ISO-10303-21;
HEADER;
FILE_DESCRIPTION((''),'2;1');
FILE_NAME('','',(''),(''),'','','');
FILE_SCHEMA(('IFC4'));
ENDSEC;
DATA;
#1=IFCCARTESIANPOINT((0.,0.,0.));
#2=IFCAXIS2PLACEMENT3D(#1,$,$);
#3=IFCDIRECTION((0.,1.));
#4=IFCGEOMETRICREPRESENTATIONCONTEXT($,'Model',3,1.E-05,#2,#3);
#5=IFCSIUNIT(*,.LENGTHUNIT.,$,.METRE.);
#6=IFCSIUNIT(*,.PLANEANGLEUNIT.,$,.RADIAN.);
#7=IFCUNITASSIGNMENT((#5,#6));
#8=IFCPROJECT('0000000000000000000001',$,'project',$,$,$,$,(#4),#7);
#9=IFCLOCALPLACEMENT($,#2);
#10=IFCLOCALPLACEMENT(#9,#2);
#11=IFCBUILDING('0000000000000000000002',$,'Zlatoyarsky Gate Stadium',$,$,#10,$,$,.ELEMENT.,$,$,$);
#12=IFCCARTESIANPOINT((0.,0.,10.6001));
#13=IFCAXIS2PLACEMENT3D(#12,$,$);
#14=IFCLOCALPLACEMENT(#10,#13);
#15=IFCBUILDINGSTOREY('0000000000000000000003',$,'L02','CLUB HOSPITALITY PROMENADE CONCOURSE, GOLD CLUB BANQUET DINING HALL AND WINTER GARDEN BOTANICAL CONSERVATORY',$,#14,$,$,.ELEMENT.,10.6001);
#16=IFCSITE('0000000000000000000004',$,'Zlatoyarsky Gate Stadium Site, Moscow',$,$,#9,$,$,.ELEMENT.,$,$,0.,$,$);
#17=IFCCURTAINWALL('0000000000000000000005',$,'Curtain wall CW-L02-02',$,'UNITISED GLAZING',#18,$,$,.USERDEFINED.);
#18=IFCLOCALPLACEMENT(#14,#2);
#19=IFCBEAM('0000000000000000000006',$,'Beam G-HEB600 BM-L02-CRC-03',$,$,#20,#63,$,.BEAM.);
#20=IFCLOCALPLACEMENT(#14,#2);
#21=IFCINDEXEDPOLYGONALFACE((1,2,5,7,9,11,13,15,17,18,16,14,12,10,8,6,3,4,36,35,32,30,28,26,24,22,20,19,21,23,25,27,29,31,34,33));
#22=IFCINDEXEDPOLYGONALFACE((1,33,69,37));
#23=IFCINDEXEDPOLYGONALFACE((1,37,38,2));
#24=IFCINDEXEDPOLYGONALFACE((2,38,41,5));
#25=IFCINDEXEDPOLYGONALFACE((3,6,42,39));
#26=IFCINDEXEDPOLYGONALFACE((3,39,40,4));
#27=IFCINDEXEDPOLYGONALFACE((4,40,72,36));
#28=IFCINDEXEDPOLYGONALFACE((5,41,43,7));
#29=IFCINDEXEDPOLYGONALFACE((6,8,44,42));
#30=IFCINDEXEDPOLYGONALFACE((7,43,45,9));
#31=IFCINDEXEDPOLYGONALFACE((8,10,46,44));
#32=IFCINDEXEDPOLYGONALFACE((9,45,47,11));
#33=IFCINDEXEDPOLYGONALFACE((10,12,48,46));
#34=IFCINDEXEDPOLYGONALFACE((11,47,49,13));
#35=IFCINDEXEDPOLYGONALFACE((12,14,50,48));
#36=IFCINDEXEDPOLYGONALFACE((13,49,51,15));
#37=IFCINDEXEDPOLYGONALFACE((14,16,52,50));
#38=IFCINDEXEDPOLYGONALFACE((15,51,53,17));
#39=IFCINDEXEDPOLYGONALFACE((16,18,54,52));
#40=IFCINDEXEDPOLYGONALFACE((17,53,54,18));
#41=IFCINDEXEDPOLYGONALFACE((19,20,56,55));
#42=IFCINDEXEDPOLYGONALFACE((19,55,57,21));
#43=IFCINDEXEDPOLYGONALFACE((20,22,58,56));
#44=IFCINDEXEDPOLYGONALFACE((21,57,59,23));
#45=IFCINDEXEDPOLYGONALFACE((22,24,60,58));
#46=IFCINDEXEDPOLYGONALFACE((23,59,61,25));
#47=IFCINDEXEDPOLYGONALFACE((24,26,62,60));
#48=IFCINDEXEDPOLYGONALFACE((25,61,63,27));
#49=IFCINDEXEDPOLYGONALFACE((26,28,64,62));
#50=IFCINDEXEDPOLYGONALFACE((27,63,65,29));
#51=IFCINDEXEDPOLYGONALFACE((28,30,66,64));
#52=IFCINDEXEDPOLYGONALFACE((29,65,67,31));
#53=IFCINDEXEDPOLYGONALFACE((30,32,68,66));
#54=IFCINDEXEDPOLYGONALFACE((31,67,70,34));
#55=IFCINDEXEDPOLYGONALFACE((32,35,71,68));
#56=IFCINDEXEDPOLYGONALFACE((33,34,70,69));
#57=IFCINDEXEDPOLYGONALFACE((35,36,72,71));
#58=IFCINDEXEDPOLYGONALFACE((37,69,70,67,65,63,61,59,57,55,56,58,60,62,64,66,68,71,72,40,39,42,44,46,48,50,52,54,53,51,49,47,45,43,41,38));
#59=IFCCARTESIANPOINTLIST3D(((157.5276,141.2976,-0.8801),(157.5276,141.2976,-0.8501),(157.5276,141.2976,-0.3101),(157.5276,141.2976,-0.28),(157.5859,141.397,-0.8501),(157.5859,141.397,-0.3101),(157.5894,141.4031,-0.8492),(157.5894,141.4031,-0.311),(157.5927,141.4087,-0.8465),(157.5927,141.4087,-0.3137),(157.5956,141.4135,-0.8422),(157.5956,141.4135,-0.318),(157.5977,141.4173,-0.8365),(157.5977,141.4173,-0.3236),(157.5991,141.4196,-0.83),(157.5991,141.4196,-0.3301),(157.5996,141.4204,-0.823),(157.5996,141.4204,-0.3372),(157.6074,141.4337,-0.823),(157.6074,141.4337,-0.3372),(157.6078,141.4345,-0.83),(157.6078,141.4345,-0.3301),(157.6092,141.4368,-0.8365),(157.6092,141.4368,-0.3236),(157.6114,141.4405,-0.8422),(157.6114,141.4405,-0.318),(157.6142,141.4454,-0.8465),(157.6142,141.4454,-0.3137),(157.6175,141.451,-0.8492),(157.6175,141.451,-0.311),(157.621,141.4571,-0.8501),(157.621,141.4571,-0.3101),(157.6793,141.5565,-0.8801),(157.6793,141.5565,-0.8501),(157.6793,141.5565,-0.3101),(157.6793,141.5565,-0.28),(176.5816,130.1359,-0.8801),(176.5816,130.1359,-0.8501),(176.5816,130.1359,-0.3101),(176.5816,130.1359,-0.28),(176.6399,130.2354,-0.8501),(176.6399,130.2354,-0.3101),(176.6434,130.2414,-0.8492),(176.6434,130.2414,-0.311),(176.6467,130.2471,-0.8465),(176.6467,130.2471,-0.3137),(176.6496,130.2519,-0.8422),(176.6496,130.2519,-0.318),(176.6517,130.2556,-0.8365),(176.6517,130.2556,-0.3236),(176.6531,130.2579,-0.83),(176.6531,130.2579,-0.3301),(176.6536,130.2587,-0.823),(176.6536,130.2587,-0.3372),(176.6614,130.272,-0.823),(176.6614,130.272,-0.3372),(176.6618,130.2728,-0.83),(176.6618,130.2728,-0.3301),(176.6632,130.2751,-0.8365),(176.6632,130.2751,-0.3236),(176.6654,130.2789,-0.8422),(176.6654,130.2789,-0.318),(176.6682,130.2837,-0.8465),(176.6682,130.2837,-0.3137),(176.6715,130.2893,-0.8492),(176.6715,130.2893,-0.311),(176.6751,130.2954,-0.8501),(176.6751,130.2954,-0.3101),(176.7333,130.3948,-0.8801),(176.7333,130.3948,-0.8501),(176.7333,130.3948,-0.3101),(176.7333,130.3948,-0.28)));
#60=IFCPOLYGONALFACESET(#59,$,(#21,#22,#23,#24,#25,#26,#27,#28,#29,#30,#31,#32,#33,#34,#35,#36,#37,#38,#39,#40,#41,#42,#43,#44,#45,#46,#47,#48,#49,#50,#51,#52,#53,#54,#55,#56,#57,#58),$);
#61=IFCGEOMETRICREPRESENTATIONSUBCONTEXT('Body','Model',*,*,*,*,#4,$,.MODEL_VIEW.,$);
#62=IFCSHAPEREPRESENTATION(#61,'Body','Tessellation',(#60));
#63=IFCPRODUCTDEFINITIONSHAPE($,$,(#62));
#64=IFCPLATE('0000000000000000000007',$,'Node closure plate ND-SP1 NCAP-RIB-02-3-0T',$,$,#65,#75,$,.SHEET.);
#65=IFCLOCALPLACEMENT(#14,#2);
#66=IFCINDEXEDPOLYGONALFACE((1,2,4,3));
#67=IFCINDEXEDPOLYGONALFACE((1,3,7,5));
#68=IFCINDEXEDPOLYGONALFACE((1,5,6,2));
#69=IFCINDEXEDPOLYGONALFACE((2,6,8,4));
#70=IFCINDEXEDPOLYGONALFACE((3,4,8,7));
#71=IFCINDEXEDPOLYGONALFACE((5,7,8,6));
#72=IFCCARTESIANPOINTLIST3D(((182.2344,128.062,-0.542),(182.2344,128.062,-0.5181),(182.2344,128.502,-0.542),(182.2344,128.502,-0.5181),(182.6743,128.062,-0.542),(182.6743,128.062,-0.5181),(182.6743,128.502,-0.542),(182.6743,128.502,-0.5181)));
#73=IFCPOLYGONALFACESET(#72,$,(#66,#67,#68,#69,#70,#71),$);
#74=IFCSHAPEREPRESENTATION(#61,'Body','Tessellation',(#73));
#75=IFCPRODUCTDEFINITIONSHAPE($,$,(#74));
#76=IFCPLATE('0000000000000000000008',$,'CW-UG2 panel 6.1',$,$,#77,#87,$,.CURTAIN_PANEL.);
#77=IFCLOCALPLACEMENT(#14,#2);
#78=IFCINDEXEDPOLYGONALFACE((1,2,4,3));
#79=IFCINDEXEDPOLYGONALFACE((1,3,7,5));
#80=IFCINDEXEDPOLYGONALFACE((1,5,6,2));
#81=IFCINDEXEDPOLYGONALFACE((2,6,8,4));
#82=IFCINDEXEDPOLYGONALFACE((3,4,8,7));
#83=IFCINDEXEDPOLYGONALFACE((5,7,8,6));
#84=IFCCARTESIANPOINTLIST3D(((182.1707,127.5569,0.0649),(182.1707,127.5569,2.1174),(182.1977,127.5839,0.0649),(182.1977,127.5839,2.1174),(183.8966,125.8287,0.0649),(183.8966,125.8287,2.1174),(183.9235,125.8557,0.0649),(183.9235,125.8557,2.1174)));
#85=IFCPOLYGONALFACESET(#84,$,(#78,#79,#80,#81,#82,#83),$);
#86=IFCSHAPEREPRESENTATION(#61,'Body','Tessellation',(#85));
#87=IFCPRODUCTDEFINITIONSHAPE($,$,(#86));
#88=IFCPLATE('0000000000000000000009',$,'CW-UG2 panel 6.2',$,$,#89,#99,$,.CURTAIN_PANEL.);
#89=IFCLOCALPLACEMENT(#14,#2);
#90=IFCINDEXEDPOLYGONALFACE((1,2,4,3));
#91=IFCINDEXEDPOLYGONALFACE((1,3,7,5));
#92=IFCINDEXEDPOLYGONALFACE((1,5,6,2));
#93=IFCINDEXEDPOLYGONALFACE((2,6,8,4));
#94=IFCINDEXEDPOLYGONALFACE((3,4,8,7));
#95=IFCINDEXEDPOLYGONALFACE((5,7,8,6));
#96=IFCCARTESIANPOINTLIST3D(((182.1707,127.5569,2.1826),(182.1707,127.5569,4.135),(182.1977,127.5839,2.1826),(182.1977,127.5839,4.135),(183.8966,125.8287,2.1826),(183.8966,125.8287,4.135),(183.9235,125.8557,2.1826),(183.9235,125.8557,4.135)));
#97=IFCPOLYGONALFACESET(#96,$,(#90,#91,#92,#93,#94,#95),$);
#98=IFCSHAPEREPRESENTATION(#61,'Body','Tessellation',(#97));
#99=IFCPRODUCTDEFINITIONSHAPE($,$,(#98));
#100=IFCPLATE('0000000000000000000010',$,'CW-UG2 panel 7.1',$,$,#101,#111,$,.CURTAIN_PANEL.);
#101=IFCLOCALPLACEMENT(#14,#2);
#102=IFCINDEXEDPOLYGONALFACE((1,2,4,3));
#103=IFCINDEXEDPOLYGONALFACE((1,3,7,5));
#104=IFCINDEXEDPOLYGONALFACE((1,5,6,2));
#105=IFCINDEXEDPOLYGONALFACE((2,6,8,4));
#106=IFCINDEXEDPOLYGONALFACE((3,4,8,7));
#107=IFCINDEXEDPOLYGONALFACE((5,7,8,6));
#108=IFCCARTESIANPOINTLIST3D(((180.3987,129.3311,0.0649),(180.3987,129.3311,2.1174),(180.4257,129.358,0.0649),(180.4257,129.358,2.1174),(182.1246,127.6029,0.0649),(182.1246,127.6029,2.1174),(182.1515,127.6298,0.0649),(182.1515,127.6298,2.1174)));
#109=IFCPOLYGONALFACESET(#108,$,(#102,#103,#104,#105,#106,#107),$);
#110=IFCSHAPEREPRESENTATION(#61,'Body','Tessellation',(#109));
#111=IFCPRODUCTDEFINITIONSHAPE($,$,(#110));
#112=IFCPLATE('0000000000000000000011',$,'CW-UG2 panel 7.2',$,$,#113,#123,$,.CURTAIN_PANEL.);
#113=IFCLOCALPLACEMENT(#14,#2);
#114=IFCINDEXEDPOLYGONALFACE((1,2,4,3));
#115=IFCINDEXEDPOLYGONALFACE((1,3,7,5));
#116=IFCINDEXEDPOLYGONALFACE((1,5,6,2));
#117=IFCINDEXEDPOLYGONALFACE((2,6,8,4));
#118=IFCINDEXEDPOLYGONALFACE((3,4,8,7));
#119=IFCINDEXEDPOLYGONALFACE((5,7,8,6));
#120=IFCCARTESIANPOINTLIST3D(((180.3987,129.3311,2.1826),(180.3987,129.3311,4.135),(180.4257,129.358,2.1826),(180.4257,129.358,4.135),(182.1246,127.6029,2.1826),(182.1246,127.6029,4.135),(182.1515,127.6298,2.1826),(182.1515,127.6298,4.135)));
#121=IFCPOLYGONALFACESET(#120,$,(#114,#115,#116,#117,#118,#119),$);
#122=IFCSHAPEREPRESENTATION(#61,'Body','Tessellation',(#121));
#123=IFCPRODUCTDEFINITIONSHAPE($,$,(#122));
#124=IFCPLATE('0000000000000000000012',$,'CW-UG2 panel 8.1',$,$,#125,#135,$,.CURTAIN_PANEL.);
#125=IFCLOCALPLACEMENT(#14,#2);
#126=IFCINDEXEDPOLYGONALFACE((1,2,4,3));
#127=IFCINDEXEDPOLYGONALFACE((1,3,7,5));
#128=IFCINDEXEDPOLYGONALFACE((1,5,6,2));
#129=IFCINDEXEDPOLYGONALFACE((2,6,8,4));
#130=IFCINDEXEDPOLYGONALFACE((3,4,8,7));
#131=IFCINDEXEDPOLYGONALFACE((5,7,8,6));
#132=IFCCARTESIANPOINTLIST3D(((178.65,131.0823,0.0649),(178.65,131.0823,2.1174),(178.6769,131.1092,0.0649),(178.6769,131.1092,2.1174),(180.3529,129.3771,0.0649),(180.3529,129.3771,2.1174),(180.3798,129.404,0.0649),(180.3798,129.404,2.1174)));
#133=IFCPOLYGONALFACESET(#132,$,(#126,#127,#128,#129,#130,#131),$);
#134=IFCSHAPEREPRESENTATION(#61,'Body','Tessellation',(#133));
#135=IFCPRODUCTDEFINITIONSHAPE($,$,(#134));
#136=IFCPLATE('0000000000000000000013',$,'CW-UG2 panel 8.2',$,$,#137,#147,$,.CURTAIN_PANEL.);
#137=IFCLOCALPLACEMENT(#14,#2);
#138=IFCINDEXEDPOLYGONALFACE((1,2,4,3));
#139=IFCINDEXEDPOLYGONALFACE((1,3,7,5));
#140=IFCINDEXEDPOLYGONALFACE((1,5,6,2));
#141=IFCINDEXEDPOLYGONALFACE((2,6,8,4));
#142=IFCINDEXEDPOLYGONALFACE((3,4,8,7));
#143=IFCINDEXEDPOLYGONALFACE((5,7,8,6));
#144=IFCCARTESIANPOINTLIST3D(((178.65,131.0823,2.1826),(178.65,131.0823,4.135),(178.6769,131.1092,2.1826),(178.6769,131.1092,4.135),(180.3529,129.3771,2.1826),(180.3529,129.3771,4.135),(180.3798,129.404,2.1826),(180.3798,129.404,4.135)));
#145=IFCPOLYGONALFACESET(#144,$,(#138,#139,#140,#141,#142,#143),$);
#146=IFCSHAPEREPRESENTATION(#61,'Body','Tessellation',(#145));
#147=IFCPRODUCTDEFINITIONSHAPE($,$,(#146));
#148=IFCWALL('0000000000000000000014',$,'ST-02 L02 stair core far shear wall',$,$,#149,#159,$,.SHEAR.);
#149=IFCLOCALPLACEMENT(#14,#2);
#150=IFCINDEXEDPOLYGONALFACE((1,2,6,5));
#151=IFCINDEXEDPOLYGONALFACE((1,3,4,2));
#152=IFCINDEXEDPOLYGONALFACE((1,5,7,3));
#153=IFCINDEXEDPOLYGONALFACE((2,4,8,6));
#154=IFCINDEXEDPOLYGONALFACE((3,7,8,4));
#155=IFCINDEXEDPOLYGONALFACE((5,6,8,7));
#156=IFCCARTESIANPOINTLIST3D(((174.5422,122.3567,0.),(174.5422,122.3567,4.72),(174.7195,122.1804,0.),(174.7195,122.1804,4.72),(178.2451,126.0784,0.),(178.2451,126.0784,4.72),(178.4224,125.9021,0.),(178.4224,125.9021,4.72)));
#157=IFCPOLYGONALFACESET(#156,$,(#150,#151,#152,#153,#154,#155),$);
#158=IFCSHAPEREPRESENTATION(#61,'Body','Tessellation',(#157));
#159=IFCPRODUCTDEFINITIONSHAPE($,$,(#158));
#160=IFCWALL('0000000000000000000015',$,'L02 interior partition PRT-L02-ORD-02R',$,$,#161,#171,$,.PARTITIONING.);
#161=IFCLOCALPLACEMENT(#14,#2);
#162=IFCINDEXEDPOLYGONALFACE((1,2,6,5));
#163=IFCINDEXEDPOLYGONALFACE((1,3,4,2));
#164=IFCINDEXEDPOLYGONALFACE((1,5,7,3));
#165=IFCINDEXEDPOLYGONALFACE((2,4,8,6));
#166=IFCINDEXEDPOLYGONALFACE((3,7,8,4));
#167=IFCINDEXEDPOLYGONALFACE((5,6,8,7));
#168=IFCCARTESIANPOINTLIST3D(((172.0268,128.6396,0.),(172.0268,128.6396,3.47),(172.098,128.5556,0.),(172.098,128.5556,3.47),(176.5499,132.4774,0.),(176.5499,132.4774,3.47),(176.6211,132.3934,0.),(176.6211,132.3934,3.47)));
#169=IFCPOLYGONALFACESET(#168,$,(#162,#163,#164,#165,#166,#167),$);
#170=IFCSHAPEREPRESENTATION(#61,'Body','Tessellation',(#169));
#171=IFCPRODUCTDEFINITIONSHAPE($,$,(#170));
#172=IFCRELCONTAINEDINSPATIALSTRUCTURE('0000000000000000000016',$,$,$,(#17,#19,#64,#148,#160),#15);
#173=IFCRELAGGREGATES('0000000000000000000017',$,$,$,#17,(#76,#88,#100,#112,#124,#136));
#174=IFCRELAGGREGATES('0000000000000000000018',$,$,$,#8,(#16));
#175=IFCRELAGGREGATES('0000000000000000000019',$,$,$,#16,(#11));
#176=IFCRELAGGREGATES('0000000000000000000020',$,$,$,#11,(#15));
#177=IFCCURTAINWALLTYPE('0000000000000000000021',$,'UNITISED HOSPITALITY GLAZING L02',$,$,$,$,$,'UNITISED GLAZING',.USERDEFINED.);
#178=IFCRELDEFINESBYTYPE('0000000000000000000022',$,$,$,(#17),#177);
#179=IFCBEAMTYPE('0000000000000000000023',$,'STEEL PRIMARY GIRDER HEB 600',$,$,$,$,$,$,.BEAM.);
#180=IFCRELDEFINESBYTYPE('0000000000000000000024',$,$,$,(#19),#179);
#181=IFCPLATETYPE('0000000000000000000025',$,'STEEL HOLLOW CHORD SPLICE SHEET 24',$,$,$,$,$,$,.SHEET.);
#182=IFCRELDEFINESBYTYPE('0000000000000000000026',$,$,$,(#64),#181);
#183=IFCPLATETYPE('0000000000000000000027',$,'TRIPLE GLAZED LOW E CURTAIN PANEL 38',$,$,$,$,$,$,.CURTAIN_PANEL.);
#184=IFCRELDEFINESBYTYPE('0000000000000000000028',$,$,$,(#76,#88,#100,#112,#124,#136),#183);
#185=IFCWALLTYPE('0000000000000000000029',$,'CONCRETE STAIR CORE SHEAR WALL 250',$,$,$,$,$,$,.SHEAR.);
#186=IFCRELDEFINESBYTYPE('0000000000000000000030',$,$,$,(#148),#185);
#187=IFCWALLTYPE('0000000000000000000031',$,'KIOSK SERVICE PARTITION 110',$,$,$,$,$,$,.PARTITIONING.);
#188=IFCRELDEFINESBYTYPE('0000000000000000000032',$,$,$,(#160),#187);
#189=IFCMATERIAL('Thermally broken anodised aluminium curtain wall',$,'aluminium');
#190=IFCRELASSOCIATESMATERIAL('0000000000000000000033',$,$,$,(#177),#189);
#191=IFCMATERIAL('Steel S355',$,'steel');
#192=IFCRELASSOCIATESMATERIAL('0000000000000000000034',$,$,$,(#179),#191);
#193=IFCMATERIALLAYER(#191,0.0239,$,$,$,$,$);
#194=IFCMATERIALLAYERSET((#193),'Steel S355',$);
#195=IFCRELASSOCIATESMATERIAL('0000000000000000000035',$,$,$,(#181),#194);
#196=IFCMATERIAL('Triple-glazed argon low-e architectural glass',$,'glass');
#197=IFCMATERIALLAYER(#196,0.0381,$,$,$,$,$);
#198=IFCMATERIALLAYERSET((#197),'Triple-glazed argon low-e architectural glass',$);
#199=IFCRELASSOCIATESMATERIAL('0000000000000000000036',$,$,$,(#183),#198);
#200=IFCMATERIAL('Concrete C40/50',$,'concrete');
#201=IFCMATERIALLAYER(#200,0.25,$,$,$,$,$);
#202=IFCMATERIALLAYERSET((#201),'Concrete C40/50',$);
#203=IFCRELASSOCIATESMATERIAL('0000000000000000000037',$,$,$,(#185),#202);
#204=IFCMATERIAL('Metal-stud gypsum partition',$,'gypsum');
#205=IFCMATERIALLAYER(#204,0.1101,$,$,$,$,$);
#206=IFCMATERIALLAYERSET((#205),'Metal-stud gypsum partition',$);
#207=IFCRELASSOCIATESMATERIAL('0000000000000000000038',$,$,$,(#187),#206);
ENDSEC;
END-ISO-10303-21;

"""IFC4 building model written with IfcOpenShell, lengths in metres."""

from ifc_helpers import new_model, si_unit, direction, frame, frame_2d, origin, origin_2d, place, context, subcontext, project, spatial, rectangle, i_section, extrude, material, layer, layer_set, material_profile, profile_set, type_object, element, aggregate, save


model = new_model("IFC4")

# Units and contexts
model_context = context("Model", 3, precision=1e-05, world=origin(), true_north=direction((0.0, 1.0)))
body_context = subcontext(model_context, "Body", "Model", "MODEL_VIEW")
ifc_project = project(units=[si_unit("LENGTHUNIT", "METRE"), si_unit("PLANEANGLEUNIT", "RADIAN")], contexts=[model_context])

# Site, building, storey
site_placement = place(None, origin())
site = spatial("IfcSite", under=ifc_project, at=site_placement, Name="Zlatoyarsky Gate Stadium Site, Moscow", CompositionType="ELEMENT", RefElevation=0.0)
building_placement = place(site_placement, origin())
building = spatial("IfcBuilding", under=site, at=building_placement, Name="Zlatoyarsky Gate Stadium", CompositionType="ELEMENT")
storey_placement = place(building_placement, frame((0.0, 0.0, 10.6001)))
storey = spatial("IfcBuildingStorey", under=building, at=storey_placement, Name="L02", Description="CLUB HOSPITALITY PROMENADE CONCOURSE, GOLD CLUB BANQUET DINING HALL AND WINTER GARDEN BOTANICAL CONSERVATORY", CompositionType="ELEMENT", Elevation=10.6001)

# Shared definitions
ifc_material_1 = material(Name="Steel S355", Category="steel")

# Curtain wall
ifc_material_2 = material(Name="Thermally broken anodised aluminium curtain wall", Category="aluminium")
curtain_wall_type = type_object("IfcCurtainWallType", Name="UNITISED HOSPITALITY GLAZING L02", ElementType="UNITISED GLAZING", PredefinedType="USERDEFINED", material=ifc_material_2)
curtain_wall_1_placement = place(storey_placement, origin())
curtain_wall_1 = element("IfcCurtainWall", 1, at=curtain_wall_1_placement, inside=storey, type_object=curtain_wall_type, Name="Curtain wall CW-L02-02", ObjectType="UNITISED GLAZING", PredefinedType="USERDEFINED")

# Beam
ifc_material_profile_1 = material_profile(ifc_material_1, i_section(OverallWidth=0.3, OverallDepth=0.6001, WebThickness=0.0154, FlangeThickness=0.03, FilletRadius=0.0271, at=origin_2d()), Name="HEB 600")
ifc_profile_set_1 = profile_set([ifc_material_profile_1], Name="Steel S355")
beam_type_1 = type_object("IfcBeamType", Name="STEEL PRIMARY GIRDER HEB 600", PredefinedType="BEAM", material=ifc_profile_set_1)
beam_1_placement = place(storey_placement, frame((176.6575, 130.2654, -0.5801), z_axis=(-0.862855, 0.505452, 0.0), x_axis=(-0.505452, -0.862855, 0.0)))
element("IfcBeam", 2, at=beam_1_placement, inside=storey, type_object=beam_type_1, Name="Beam G-HEB600 BM-L02-CRC-03", PredefinedType="BEAM", context=body_context, shape_type="SweptSolid", body=[
    extrude(i_section(OverallWidth=0.3, OverallDepth=0.6001, WebThickness=0.0154, FlangeThickness=0.03, FilletRadius=0.0271, at=origin_2d()), origin(), (0.0, 0.0, 1.0), 22.0825),
])

# Plates
ifc_layer_1 = layer(ifc_material_1, 0.0239)
ifc_layer_set_1 = layer_set([ifc_layer_1], Name="Steel S355")
plate_type_1 = type_object("IfcPlateType", Name="STEEL HOLLOW CHORD SPLICE SHEET 24", PredefinedType="SHEET", material=ifc_layer_set_1)
plate_1_placement = place(storey_placement, frame((182.4543, 128.282, -0.542), z_axis=(0.0, 0.0, 1.0), x_axis=(1.0, 0.0, 0.0)))
element("IfcPlate", 3, at=plate_1_placement, inside=storey, type_object=plate_type_1, Name="Node closure plate ND-SP1 NCAP-RIB-02-3-0T", PredefinedType="SHEET", context=body_context, shape_type="SweptSolid", body=[
    extrude(rectangle(XDim=0.4399, YDim=0.4399, at=origin_2d()), origin(), (0.0, 0.0, 1.0), 0.0239),
])
ifc_material_3 = material(Name="Triple-glazed argon low-e architectural glass", Category="glass")
ifc_layer_2 = layer(ifc_material_3, 0.0381)
ifc_layer_set_2 = layer_set([ifc_layer_2], Name="Triple-glazed argon low-e architectural glass")
plate_type_2 = type_object("IfcPlateType", Name="TRIPLE GLAZED LOW E CURTAIN PANEL 38", PredefinedType="CURTAIN_PANEL", material=ifc_layer_set_2)
plate_2_placement = place(storey_placement, frame((183.0471, 126.7063, 0.0649), z_axis=(0.0, 0.0, 1.0), x_axis=(-0.706626, 0.707588, 0.0)))
plate_2 = element("IfcPlate", 4, at=plate_2_placement, type_object=plate_type_2, Name="CW-UG2 panel 6.1", PredefinedType="CURTAIN_PANEL", context=body_context, shape_type="SweptSolid", body=[
    extrude(rectangle(XDim=2.4424, YDim=0.0381, at=origin_2d()), origin(), (0.0, 0.0, 1.0), 2.0525),
])
plate_3_placement = place(storey_placement, frame((183.0471, 126.7063, 2.1826), z_axis=(0.0, 0.0, 1.0), x_axis=(-0.706626, 0.707588, 0.0)))
plate_3 = element("IfcPlate", 5, at=plate_3_placement, type_object=plate_type_2, Name="CW-UG2 panel 6.2", PredefinedType="CURTAIN_PANEL", context=body_context, shape_type="SweptSolid", body=[
    extrude(rectangle(XDim=2.4424, YDim=0.0381, at=origin_2d()), origin(), (0.0, 0.0, 1.0), 1.9524),
])
plate_4_placement = place(storey_placement, frame((181.2751, 128.4805, 0.0649), z_axis=(0.0, 0.0, 1.0), x_axis=(-0.706626, 0.707588, 0.0)))
plate_4 = element("IfcPlate", 6, at=plate_4_placement, type_object=plate_type_2, Name="CW-UG2 panel 7.1", PredefinedType="CURTAIN_PANEL", context=body_context, shape_type="SweptSolid", body=[
    extrude(rectangle(XDim=2.4424, YDim=0.0381, at=origin_2d()), origin(), (0.0, 0.0, 1.0), 2.0525),
])
plate_5_placement = place(storey_placement, frame((181.2751, 128.4805, 2.1826), z_axis=(0.0, 0.0, 1.0), x_axis=(-0.706626, 0.707588, 0.0)))
plate_5 = element("IfcPlate", 7, at=plate_5_placement, type_object=plate_type_2, Name="CW-UG2 panel 7.2", PredefinedType="CURTAIN_PANEL", context=body_context, shape_type="SweptSolid", body=[
    extrude(rectangle(XDim=2.4424, YDim=0.0381, at=origin_2d()), origin(), (0.0, 0.0, 1.0), 1.9524),
])
plate_6_placement = place(storey_placement, frame((179.5149, 130.2432, 0.0649), z_axis=(0.0, 0.0, 1.0), x_axis=(-0.706626, 0.707588, 0.0)))
plate_6 = element("IfcPlate", 8, at=plate_6_placement, type_object=plate_type_2, Name="CW-UG2 panel 8.1", PredefinedType="CURTAIN_PANEL", context=body_context, shape_type="SweptSolid", body=[
    extrude(rectangle(XDim=2.4099, YDim=0.0381, at=origin_2d()), origin(), (0.0, 0.0, 1.0), 2.0525),
])
plate_7_placement = place(storey_placement, frame((179.5149, 130.2432, 2.1826), z_axis=(0.0, 0.0, 1.0), x_axis=(-0.706626, 0.707588, 0.0)))
plate_7 = element("IfcPlate", 9, at=plate_7_placement, type_object=plate_type_2, Name="CW-UG2 panel 8.2", PredefinedType="CURTAIN_PANEL", context=body_context, shape_type="SweptSolid", body=[
    extrude(rectangle(XDim=2.4099, YDim=0.0381, at=origin_2d()), origin(), (0.0, 0.0, 1.0), 1.9524),
])
aggregate(curtain_wall_1, [plate_2, plate_3, plate_4, plate_5, plate_6, plate_7])

# Walls
ifc_material_4 = material(Name="Concrete C40/50", Category="concrete")
ifc_layer_3 = layer(ifc_material_4, 0.25)
ifc_layer_set_3 = layer_set([ifc_layer_3], Name="Concrete C40/50")
wall_type_1 = type_object("IfcWallType", Name="CONCRETE STAIR CORE SHEAR WALL 250", PredefinedType="SHEAR", material=ifc_layer_set_3)
wall_1_placement = place(storey_placement, frame((178.3337, 125.9902, 0.0), z_axis=(0.0, 0.0, 1.0), x_axis=(-0.705314, -0.708895, 0.0)))
element("IfcWall", 10, at=wall_1_placement, inside=storey, type_object=wall_type_1, Name="ST-02 L02 stair core far shear wall", PredefinedType="SHEAR", context=body_context, shape_type="SweptSolid", body=[
    extrude(rectangle(XDim=5.25, YDim=0.25, at=frame_2d((2.625, 0.0))), origin(), (0.0, 0.0, 1.0), 4.72),
])
ifc_material_5 = material(Name="Metal-stud gypsum partition", Category="gypsum")
ifc_layer_4 = layer(ifc_material_5, 0.1101)
ifc_layer_set_4 = layer_set([ifc_layer_4], Name="Metal-stud gypsum partition")
wall_type_2 = type_object("IfcWallType", Name="KIOSK SERVICE PARTITION 110", PredefinedType="PARTITIONING", material=ifc_layer_set_4)
wall_2_placement = place(storey_placement, frame((172.0625, 128.5977, 0.0), z_axis=(0.0, 0.0, 1.0), x_axis=(0.762507, 0.64698, 0.0)))
element("IfcWall", 11, at=wall_2_placement, inside=storey, type_object=wall_type_2, Name="L02 interior partition PRT-L02-ORD-02R", PredefinedType="PARTITIONING", context=body_context, shape_type="SweptSolid", body=[
    extrude(rectangle(XDim=5.9319, YDim=0.1101, at=frame_2d((2.9658, 0.0))), origin(), (0.0, 0.0, 1.0), 3.47),
])

save(model, "model.ifc")
